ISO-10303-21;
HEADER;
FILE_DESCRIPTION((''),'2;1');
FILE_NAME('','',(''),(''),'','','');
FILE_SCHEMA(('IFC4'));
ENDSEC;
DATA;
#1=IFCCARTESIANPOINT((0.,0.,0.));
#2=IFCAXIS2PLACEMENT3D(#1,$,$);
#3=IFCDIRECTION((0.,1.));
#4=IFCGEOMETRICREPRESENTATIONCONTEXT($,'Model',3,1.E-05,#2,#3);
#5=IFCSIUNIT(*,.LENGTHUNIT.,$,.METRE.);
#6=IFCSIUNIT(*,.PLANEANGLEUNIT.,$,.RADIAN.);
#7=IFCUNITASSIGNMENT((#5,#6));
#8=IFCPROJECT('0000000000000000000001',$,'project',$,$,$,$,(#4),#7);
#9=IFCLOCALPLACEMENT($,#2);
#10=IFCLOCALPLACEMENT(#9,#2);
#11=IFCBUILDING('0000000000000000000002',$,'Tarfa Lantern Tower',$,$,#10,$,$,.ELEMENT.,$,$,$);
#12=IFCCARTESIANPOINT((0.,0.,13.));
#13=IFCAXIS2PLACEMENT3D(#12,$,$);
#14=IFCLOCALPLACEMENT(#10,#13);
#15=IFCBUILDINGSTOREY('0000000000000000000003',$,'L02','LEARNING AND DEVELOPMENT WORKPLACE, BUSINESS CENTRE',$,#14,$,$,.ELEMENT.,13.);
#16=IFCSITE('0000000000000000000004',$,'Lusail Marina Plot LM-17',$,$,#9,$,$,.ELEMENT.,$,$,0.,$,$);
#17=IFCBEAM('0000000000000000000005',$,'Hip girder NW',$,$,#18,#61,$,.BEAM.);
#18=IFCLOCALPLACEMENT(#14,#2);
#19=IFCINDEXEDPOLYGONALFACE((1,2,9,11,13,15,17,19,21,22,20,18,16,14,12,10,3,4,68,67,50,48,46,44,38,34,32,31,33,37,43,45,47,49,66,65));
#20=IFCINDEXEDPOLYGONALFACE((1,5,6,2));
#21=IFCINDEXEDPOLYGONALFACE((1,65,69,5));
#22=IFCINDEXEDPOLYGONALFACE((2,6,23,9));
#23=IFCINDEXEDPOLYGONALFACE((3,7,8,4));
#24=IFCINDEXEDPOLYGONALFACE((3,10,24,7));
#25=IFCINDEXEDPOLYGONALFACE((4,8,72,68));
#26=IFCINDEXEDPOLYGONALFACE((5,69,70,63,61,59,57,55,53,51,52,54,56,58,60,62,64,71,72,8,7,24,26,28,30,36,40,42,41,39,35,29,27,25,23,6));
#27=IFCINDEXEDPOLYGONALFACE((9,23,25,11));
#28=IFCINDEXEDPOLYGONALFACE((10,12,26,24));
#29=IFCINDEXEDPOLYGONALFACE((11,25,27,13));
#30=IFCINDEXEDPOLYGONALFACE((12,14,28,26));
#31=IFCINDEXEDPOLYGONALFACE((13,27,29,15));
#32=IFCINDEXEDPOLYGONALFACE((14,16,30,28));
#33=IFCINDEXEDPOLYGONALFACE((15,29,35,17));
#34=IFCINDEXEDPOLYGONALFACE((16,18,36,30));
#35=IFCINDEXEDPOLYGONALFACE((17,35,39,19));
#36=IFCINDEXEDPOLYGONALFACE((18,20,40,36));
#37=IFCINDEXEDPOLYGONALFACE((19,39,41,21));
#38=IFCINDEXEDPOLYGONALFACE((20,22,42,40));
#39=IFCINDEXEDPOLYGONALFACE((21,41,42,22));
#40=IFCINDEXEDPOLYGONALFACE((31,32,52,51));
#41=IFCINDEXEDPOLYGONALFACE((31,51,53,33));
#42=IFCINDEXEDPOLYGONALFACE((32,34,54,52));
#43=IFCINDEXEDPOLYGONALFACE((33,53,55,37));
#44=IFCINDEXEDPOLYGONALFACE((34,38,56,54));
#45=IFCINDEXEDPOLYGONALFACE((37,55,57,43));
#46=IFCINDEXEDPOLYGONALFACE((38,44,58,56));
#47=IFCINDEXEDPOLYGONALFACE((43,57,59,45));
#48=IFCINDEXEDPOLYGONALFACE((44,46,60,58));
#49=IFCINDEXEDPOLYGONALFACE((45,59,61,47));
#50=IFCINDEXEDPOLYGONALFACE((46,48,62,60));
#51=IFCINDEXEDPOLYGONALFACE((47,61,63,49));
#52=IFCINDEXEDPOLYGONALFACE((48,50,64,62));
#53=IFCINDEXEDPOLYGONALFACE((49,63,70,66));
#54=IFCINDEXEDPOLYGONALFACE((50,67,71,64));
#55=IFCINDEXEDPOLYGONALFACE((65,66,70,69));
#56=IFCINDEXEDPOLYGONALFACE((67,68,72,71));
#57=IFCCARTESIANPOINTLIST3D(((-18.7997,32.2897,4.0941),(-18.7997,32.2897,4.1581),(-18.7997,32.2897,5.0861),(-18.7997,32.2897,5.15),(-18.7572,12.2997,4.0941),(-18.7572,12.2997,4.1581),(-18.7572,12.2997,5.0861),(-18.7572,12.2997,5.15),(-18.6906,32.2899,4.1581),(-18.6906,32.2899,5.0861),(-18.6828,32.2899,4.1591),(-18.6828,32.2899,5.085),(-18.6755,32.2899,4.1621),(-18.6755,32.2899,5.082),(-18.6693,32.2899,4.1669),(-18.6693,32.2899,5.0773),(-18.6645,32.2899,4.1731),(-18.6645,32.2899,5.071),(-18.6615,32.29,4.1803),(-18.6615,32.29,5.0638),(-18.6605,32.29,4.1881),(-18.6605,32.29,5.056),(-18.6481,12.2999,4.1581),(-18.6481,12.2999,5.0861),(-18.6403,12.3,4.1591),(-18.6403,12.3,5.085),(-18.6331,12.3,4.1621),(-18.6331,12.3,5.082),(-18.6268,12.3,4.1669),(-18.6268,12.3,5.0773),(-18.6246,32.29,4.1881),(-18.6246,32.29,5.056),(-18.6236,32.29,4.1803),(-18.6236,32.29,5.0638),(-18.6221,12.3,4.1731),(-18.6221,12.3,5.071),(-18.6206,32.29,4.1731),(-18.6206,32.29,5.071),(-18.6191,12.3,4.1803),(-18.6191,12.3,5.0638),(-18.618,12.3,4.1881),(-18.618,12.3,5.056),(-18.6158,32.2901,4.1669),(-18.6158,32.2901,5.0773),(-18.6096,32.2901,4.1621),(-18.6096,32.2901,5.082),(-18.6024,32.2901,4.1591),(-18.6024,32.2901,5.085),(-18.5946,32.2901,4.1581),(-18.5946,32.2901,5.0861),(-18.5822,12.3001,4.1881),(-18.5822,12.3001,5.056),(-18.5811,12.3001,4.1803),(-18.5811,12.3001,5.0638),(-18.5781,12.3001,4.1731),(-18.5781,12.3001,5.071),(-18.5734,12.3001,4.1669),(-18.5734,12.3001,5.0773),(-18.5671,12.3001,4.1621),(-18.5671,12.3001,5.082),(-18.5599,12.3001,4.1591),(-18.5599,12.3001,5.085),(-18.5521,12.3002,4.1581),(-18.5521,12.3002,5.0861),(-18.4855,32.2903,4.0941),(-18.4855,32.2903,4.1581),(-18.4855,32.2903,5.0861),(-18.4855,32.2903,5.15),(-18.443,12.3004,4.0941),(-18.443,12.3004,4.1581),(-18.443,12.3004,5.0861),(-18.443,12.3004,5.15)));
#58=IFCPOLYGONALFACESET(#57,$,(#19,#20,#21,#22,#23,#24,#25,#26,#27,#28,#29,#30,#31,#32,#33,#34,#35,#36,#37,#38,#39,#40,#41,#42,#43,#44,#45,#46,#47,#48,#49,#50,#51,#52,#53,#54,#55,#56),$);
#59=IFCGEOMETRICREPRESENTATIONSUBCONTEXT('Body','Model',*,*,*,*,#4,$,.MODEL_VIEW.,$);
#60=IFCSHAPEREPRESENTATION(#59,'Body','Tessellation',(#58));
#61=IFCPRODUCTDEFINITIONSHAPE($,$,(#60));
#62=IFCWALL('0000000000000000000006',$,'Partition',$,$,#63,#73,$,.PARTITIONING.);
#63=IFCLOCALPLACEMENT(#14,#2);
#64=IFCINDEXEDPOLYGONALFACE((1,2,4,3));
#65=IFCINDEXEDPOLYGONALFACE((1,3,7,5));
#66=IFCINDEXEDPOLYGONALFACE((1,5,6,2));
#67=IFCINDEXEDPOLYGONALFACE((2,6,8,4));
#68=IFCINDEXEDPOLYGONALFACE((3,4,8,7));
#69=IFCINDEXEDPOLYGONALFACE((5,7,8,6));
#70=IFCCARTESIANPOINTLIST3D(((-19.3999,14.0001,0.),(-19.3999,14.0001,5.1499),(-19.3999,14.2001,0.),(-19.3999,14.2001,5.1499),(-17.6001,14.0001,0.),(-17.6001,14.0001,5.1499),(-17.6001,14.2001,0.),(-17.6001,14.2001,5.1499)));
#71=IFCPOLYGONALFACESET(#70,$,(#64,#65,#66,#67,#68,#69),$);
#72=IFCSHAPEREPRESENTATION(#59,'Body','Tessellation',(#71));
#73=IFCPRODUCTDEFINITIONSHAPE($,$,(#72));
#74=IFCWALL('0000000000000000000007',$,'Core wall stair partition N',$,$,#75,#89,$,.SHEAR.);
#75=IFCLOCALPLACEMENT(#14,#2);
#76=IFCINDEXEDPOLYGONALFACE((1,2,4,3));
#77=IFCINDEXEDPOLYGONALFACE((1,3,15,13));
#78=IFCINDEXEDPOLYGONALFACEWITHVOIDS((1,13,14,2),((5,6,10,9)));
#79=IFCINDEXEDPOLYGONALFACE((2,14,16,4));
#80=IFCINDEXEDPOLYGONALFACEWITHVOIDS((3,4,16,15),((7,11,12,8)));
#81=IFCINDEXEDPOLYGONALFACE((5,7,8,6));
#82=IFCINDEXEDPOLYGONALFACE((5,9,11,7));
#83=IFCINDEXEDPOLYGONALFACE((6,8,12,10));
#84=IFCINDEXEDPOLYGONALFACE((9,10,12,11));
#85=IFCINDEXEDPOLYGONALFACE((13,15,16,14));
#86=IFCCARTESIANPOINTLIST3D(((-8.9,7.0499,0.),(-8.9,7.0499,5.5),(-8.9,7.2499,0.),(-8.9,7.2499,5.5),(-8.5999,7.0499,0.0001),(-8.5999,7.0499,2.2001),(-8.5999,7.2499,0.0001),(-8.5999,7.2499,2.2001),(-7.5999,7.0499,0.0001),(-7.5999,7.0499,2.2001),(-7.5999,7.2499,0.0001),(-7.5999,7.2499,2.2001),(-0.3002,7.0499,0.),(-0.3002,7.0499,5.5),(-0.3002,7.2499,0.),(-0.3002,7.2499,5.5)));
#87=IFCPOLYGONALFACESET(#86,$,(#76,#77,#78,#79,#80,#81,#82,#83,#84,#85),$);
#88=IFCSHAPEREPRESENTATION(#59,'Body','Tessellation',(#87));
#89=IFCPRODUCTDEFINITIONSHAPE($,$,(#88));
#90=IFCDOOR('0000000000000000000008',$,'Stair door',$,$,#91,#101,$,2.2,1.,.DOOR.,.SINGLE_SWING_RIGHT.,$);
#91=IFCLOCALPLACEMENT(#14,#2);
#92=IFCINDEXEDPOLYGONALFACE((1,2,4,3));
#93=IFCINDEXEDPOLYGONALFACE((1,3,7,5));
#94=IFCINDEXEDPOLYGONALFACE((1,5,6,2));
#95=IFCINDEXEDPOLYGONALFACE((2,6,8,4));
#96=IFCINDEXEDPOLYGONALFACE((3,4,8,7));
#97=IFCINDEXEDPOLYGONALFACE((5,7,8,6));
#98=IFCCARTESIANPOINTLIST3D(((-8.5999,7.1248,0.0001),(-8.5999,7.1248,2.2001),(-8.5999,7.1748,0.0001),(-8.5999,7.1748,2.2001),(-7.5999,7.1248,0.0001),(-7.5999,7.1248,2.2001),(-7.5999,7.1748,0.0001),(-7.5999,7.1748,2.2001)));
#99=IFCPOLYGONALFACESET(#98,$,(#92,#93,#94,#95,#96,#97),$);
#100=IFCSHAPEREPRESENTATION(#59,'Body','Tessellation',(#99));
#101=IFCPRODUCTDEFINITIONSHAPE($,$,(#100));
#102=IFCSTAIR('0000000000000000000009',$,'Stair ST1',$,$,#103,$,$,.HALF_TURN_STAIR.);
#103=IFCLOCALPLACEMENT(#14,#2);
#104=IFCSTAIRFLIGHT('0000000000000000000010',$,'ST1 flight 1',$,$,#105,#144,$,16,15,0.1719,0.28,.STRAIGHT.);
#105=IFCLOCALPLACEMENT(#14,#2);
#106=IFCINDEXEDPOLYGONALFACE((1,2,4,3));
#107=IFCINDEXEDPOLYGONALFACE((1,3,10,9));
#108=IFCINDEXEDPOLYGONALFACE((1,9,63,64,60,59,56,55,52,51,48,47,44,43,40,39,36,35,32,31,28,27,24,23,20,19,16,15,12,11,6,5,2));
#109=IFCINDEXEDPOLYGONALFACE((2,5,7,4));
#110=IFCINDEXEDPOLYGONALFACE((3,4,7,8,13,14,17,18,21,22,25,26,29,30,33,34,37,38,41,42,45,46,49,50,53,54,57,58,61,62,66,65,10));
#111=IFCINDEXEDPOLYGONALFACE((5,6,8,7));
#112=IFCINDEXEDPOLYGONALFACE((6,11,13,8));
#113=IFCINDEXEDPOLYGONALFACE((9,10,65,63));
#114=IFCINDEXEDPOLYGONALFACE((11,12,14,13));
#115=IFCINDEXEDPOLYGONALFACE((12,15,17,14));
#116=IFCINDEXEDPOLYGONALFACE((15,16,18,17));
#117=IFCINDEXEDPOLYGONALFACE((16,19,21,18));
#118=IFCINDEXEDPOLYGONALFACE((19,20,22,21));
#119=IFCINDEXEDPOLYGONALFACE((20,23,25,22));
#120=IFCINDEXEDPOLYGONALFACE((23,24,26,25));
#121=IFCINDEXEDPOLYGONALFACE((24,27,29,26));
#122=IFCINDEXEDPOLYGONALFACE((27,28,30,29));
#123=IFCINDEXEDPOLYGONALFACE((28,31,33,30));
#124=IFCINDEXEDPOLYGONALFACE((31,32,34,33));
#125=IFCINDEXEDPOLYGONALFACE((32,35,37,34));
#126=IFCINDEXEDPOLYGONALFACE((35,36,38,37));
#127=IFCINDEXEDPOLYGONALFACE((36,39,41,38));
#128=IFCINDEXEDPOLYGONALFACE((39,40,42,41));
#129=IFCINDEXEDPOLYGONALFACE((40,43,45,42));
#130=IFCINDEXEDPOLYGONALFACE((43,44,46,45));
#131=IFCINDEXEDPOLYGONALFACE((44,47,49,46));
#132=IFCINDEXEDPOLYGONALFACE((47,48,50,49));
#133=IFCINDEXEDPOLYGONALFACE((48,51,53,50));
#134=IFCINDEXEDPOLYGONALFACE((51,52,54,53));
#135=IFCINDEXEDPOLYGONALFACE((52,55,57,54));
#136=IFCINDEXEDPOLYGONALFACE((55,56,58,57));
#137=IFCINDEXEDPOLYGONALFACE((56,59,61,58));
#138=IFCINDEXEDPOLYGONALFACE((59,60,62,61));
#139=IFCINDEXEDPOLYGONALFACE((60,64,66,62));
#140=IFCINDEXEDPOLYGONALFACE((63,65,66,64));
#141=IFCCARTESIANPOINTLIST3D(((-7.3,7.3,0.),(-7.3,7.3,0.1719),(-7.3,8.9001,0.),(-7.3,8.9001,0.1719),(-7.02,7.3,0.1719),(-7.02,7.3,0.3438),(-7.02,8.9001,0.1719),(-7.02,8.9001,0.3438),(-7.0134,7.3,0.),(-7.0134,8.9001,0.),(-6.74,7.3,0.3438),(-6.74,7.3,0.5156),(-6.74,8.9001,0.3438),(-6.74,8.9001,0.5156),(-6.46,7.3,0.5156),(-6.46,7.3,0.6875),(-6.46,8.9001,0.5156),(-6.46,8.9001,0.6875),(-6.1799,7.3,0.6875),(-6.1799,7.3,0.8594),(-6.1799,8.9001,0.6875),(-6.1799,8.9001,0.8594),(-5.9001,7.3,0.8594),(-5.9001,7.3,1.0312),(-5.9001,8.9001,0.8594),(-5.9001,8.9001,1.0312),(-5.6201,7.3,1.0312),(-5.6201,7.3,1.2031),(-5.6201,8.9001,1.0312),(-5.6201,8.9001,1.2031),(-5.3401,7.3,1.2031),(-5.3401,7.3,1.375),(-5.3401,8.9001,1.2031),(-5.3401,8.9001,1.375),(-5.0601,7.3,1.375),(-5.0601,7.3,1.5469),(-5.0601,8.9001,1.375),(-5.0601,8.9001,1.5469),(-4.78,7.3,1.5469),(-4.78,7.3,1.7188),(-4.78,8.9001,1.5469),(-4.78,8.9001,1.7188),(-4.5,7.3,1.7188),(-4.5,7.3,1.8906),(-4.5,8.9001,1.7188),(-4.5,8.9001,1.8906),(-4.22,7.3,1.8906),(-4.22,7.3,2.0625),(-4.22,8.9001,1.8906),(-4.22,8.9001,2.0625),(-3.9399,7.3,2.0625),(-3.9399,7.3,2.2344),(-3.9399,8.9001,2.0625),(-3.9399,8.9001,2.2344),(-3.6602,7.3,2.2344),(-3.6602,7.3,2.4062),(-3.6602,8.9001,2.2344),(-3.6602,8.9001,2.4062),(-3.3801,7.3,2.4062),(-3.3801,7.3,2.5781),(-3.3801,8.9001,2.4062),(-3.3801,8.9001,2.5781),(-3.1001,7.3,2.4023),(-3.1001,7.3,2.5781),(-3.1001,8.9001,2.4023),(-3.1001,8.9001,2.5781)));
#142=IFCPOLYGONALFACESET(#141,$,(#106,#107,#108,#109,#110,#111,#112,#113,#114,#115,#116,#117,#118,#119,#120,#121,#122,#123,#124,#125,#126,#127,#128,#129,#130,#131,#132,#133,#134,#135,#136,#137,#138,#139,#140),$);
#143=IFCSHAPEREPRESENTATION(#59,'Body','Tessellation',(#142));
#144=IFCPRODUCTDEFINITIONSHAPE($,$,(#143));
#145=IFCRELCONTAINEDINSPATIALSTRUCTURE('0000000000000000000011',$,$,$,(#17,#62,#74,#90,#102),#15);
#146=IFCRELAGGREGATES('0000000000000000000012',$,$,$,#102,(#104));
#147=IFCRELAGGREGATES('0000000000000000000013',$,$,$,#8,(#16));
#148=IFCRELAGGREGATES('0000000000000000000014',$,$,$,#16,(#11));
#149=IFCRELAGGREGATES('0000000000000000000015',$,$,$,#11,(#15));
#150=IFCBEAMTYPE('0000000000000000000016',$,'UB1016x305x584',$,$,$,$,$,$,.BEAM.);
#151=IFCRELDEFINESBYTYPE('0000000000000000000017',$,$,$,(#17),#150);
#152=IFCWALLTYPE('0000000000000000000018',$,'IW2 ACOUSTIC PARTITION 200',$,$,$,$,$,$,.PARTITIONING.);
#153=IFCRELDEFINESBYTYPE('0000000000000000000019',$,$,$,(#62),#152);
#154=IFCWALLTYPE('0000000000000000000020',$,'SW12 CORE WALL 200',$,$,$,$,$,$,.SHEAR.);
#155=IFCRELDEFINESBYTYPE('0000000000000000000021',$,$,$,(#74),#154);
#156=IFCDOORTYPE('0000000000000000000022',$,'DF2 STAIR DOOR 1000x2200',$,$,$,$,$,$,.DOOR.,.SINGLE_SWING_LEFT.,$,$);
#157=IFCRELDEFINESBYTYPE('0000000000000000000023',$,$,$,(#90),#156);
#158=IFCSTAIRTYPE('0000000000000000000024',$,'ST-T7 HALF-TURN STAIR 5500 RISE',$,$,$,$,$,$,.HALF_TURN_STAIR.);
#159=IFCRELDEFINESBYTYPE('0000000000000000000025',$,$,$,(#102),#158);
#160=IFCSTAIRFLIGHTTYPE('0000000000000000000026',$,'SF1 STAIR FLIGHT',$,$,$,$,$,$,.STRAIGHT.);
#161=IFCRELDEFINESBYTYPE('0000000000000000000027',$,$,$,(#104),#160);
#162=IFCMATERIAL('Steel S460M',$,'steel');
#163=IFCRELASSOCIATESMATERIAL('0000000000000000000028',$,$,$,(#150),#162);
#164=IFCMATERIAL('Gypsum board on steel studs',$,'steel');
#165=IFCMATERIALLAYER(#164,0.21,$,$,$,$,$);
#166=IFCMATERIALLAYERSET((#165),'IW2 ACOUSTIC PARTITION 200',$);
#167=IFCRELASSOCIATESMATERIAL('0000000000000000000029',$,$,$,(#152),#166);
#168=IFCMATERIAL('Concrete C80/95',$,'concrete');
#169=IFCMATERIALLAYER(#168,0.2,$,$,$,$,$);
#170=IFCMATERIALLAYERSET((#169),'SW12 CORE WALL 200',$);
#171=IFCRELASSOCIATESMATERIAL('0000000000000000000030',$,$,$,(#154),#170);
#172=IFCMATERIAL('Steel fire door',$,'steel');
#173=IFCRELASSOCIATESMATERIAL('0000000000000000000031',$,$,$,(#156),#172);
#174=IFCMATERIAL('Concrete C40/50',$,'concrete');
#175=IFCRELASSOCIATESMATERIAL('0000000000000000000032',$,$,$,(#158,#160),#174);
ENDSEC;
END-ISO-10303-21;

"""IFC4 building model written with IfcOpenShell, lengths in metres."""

from ifc_helpers import new_model, si_unit, direction, frame, frame_2d, origin, origin_2d, place, context, subcontext, project, spatial, polyline, rectangle, i_section, outline, extrude, material, layer, layer_set, material_profile, profile_set, type_object, element, fill, aggregate, save


model = new_model("IFC4")

# Units and contexts
model_context = context("Model", 3, precision=1e-05, world=origin(), true_north=direction((0.0, 1.0)))
body_context = subcontext(model_context, "Body", "Model", "MODEL_VIEW")
ifc_project = project(units=[si_unit("LENGTHUNIT", "METRE"), si_unit("PLANEANGLEUNIT", "RADIAN")], contexts=[model_context])

# Site, building, storey
site_placement = place(None, origin())
site = spatial("IfcSite", under=ifc_project, at=site_placement, Name="Lusail Marina Plot LM-17", CompositionType="ELEMENT", RefElevation=0.0)
building_placement = place(site_placement, origin())
building = spatial("IfcBuilding", under=site, at=building_placement, Name="Tarfa Lantern Tower", CompositionType="ELEMENT")
storey_placement = place(building_placement, frame((0.0, 0.0, 13.0)))
storey = spatial("IfcBuildingStorey", under=building, at=storey_placement, Name="L02", Description="LEARNING AND DEVELOPMENT WORKPLACE, BUSINESS CENTRE", CompositionType="ELEMENT", Elevation=13.0)

# Beam
ifc_material_1 = material(Name="Steel S460M", Category="steel")
ifc_material_profile = material_profile(ifc_material_1, i_section(OverallWidth=0.3142, OverallDepth=1.0559, WebThickness=0.0359, FlangeThickness=0.064, FilletRadius=0.03, at=origin_2d()), Name="UB1016x305x584")
ifc_profile_set = profile_set([ifc_material_profile], Name="Steel S460M")
beam_type = type_object("IfcBeamType", Name="UB1016x305x584", PredefinedType="BEAM", material=ifc_profile_set)
beam_placement = place(storey_placement, frame((-18.6001, 12.3, 4.6221), z_axis=(-0.002125, 0.999998, 0.0), x_axis=(-0.999998, -0.002125, 0.0)))
element("IfcBeam", 1, at=beam_placement, inside=storey, type_object=beam_type, Name="Hip girder NW", PredefinedType="BEAM", context=body_context, shape_type="SweptSolid", body=[
    extrude(i_section(OverallWidth=0.3142, OverallDepth=1.0559, WebThickness=0.0359, FlangeThickness=0.064, FilletRadius=0.03, at=origin_2d()), origin(), (0.0, 0.0, 1.0), 19.99),
])

# Wall
ifc_material_2 = material(Name="Gypsum board on steel studs", Category="steel")
ifc_layer_1 = layer(ifc_material_2, 0.21)
ifc_layer_set_1 = layer_set([ifc_layer_1], Name="IW2 ACOUSTIC PARTITION 200")
wall_type_1 = type_object("IfcWallType", Name="IW2 ACOUSTIC PARTITION 200", PredefinedType="PARTITIONING", material=ifc_layer_set_1)
wall_1_placement = place(storey_placement, frame((-19.3999, 14.1001, 0.0), z_axis=(0.0, 0.0, 1.0), x_axis=(1.0, 0.0, 0.0)))
element("IfcWall", 2, at=wall_1_placement, inside=storey, type_object=wall_type_1, Name="Partition", PredefinedType="PARTITIONING", context=body_context, shape_type="SweptSolid", body=[
    extrude(rectangle(XDim=1.7998, YDim=0.2, at=frame_2d((0.8999, 0.0))), origin(), (0.0, 0.0, 1.0), 5.1499),
])

# Wall, opening, door
ifc_material_3 = material(Name="Concrete C80/95", Category="concrete")
ifc_material_4 = material(Name="Steel fire door", Category="steel")
ifc_layer_2 = layer(ifc_material_3, 0.2)
ifc_layer_set_2 = layer_set([ifc_layer_2], Name="SW12 CORE WALL 200")
wall_type_2 = type_object("IfcWallType", Name="SW12 CORE WALL 200", PredefinedType="SHEAR", material=ifc_layer_set_2)
wall_2_placement = place(storey_placement, frame((-8.8999, 7.1499, 0.0), z_axis=(0.0, 0.0, 1.0), x_axis=(1.0, 0.0, 0.0)))
wall_2 = element("IfcWall", 3, at=wall_2_placement, inside=storey, type_object=wall_type_2, Name="Core wall stair partition N", PredefinedType="SHEAR", context=body_context, shape_type="SweptSolid", body=[
    extrude(rectangle(XDim=8.5999, YDim=0.2, at=frame_2d((4.2998, 0.0))), origin(), (0.0, 0.0, 1.0), 5.5),
])
opening_1_placement = place(wall_2_placement, frame((0.3, 0.0, 0.0)))
opening_1 = element("IfcOpeningElement", 4, at=opening_1_placement, cuts=wall_2, PredefinedType="OPENING", context=body_context, shape_type="SweptSolid", body=[
    extrude(rectangle(XDim=1.0, YDim=2.2, at=frame_2d((0.5, 1.1001))), frame((0.0, 0.1099, 0.0), z_axis=(0.0, -1.0, 0.0), x_axis=(1.0, 0.0, 0.0)), (0.0, 0.0, 1.0), 0.22),
])
door_type_1 = type_object("IfcDoorType", Name="DF2 STAIR DOOR 1000x2200", OperationType="SINGLE_SWING_LEFT", PredefinedType="DOOR", material=ifc_material_4)
door_1_placement = place(opening_1_placement, origin())
door_1 = element("IfcDoor", 5, at=door_1_placement, inside=storey, type_object=door_type_1, Name="Stair door", OperationType="SINGLE_SWING_RIGHT", OverallHeight=2.2, OverallWidth=1.0, PredefinedType="DOOR", context=body_context, shape_type="SweptSolid", body=[
    extrude(rectangle(XDim=1.0, YDim=2.2, at=frame_2d((0.5, 1.1001))), frame((0.0, 0.0249, 0.0), z_axis=(0.0, -1.0, 0.0), x_axis=(1.0, 0.0, 0.0)), (0.0, 0.0, 1.0), 0.05),
])
fill(opening_1, door_1)

# Stair, stair flight
ifc_material_5 = material(Name="Concrete C40/50", Category="concrete")
stair_type = type_object("IfcStairType", Name="ST-T7 HALF-TURN STAIR 5500 RISE", PredefinedType="HALF_TURN_STAIR", material=ifc_material_5)
stair_placement = place(storey_placement, origin())
stair = element("IfcStair", 6, at=stair_placement, inside=storey, type_object=stair_type, Name="Stair ST1", PredefinedType="HALF_TURN_STAIR")
stair_flight_type = type_object("IfcStairFlightType", Name="SF1 STAIR FLIGHT", PredefinedType="STRAIGHT", material=ifc_material_5)
stair_flight_1_placement = place(storey_placement, frame((-7.3, 8.1001, 0.0), z_axis=(0.0, 0.0, 1.0), x_axis=(1.0, 0.0, 0.0)))
stair_flight_1 = element("IfcStairFlight", 7, at=stair_flight_1_placement, type_object=stair_flight_type, Name="ST1 flight 1", NumberOfRisers=16, NumberOfTreads=15, PredefinedType="STRAIGHT", RiserHeight=0.1719, TreadLength=0.28, context=body_context, shape_type="SweptSolid", body=[
    extrude(outline(polyline([(0.0, 0.0), (0.0, 0.1719), (0.28, 0.1719), (0.28, 0.3438), (0.5601, 0.3438), (0.5601, 0.5156), (0.8401, 0.5156), (0.8401, 0.6875), (1.1201, 0.6875), (1.1201, 0.8594), (1.3999, 0.8594), (1.3999, 1.0312), (1.6799, 1.0312), (1.6799, 1.2031), (1.96, 1.2031), (1.96, 1.375), (2.24, 1.375), (2.24, 1.5469), (2.52, 1.5469), (2.52, 1.7188), (2.8, 1.7188), (2.8, 1.8906), (3.0801, 1.8906), (3.0801, 2.0625), (3.3601, 2.0625), (3.3601, 2.2344), (3.6399, 2.2344), (3.6399, 2.4062), (3.9199, 2.4062), (3.9199, 2.5781), (4.2, 2.5781), (4.2, 2.75), (4.2, 2.4023), (0.2866, 0.0), (0.0, 0.0)])), frame((0.0, 0.8, 0.0), z_axis=(0.0, -1.0, 0.0), x_axis=(1.0, 0.0, 0.0)), (0.0, 0.0, 1.0), 1.6001),
])
aggregate(stair, [stair_flight_1])

save(model, "model.ifc")
